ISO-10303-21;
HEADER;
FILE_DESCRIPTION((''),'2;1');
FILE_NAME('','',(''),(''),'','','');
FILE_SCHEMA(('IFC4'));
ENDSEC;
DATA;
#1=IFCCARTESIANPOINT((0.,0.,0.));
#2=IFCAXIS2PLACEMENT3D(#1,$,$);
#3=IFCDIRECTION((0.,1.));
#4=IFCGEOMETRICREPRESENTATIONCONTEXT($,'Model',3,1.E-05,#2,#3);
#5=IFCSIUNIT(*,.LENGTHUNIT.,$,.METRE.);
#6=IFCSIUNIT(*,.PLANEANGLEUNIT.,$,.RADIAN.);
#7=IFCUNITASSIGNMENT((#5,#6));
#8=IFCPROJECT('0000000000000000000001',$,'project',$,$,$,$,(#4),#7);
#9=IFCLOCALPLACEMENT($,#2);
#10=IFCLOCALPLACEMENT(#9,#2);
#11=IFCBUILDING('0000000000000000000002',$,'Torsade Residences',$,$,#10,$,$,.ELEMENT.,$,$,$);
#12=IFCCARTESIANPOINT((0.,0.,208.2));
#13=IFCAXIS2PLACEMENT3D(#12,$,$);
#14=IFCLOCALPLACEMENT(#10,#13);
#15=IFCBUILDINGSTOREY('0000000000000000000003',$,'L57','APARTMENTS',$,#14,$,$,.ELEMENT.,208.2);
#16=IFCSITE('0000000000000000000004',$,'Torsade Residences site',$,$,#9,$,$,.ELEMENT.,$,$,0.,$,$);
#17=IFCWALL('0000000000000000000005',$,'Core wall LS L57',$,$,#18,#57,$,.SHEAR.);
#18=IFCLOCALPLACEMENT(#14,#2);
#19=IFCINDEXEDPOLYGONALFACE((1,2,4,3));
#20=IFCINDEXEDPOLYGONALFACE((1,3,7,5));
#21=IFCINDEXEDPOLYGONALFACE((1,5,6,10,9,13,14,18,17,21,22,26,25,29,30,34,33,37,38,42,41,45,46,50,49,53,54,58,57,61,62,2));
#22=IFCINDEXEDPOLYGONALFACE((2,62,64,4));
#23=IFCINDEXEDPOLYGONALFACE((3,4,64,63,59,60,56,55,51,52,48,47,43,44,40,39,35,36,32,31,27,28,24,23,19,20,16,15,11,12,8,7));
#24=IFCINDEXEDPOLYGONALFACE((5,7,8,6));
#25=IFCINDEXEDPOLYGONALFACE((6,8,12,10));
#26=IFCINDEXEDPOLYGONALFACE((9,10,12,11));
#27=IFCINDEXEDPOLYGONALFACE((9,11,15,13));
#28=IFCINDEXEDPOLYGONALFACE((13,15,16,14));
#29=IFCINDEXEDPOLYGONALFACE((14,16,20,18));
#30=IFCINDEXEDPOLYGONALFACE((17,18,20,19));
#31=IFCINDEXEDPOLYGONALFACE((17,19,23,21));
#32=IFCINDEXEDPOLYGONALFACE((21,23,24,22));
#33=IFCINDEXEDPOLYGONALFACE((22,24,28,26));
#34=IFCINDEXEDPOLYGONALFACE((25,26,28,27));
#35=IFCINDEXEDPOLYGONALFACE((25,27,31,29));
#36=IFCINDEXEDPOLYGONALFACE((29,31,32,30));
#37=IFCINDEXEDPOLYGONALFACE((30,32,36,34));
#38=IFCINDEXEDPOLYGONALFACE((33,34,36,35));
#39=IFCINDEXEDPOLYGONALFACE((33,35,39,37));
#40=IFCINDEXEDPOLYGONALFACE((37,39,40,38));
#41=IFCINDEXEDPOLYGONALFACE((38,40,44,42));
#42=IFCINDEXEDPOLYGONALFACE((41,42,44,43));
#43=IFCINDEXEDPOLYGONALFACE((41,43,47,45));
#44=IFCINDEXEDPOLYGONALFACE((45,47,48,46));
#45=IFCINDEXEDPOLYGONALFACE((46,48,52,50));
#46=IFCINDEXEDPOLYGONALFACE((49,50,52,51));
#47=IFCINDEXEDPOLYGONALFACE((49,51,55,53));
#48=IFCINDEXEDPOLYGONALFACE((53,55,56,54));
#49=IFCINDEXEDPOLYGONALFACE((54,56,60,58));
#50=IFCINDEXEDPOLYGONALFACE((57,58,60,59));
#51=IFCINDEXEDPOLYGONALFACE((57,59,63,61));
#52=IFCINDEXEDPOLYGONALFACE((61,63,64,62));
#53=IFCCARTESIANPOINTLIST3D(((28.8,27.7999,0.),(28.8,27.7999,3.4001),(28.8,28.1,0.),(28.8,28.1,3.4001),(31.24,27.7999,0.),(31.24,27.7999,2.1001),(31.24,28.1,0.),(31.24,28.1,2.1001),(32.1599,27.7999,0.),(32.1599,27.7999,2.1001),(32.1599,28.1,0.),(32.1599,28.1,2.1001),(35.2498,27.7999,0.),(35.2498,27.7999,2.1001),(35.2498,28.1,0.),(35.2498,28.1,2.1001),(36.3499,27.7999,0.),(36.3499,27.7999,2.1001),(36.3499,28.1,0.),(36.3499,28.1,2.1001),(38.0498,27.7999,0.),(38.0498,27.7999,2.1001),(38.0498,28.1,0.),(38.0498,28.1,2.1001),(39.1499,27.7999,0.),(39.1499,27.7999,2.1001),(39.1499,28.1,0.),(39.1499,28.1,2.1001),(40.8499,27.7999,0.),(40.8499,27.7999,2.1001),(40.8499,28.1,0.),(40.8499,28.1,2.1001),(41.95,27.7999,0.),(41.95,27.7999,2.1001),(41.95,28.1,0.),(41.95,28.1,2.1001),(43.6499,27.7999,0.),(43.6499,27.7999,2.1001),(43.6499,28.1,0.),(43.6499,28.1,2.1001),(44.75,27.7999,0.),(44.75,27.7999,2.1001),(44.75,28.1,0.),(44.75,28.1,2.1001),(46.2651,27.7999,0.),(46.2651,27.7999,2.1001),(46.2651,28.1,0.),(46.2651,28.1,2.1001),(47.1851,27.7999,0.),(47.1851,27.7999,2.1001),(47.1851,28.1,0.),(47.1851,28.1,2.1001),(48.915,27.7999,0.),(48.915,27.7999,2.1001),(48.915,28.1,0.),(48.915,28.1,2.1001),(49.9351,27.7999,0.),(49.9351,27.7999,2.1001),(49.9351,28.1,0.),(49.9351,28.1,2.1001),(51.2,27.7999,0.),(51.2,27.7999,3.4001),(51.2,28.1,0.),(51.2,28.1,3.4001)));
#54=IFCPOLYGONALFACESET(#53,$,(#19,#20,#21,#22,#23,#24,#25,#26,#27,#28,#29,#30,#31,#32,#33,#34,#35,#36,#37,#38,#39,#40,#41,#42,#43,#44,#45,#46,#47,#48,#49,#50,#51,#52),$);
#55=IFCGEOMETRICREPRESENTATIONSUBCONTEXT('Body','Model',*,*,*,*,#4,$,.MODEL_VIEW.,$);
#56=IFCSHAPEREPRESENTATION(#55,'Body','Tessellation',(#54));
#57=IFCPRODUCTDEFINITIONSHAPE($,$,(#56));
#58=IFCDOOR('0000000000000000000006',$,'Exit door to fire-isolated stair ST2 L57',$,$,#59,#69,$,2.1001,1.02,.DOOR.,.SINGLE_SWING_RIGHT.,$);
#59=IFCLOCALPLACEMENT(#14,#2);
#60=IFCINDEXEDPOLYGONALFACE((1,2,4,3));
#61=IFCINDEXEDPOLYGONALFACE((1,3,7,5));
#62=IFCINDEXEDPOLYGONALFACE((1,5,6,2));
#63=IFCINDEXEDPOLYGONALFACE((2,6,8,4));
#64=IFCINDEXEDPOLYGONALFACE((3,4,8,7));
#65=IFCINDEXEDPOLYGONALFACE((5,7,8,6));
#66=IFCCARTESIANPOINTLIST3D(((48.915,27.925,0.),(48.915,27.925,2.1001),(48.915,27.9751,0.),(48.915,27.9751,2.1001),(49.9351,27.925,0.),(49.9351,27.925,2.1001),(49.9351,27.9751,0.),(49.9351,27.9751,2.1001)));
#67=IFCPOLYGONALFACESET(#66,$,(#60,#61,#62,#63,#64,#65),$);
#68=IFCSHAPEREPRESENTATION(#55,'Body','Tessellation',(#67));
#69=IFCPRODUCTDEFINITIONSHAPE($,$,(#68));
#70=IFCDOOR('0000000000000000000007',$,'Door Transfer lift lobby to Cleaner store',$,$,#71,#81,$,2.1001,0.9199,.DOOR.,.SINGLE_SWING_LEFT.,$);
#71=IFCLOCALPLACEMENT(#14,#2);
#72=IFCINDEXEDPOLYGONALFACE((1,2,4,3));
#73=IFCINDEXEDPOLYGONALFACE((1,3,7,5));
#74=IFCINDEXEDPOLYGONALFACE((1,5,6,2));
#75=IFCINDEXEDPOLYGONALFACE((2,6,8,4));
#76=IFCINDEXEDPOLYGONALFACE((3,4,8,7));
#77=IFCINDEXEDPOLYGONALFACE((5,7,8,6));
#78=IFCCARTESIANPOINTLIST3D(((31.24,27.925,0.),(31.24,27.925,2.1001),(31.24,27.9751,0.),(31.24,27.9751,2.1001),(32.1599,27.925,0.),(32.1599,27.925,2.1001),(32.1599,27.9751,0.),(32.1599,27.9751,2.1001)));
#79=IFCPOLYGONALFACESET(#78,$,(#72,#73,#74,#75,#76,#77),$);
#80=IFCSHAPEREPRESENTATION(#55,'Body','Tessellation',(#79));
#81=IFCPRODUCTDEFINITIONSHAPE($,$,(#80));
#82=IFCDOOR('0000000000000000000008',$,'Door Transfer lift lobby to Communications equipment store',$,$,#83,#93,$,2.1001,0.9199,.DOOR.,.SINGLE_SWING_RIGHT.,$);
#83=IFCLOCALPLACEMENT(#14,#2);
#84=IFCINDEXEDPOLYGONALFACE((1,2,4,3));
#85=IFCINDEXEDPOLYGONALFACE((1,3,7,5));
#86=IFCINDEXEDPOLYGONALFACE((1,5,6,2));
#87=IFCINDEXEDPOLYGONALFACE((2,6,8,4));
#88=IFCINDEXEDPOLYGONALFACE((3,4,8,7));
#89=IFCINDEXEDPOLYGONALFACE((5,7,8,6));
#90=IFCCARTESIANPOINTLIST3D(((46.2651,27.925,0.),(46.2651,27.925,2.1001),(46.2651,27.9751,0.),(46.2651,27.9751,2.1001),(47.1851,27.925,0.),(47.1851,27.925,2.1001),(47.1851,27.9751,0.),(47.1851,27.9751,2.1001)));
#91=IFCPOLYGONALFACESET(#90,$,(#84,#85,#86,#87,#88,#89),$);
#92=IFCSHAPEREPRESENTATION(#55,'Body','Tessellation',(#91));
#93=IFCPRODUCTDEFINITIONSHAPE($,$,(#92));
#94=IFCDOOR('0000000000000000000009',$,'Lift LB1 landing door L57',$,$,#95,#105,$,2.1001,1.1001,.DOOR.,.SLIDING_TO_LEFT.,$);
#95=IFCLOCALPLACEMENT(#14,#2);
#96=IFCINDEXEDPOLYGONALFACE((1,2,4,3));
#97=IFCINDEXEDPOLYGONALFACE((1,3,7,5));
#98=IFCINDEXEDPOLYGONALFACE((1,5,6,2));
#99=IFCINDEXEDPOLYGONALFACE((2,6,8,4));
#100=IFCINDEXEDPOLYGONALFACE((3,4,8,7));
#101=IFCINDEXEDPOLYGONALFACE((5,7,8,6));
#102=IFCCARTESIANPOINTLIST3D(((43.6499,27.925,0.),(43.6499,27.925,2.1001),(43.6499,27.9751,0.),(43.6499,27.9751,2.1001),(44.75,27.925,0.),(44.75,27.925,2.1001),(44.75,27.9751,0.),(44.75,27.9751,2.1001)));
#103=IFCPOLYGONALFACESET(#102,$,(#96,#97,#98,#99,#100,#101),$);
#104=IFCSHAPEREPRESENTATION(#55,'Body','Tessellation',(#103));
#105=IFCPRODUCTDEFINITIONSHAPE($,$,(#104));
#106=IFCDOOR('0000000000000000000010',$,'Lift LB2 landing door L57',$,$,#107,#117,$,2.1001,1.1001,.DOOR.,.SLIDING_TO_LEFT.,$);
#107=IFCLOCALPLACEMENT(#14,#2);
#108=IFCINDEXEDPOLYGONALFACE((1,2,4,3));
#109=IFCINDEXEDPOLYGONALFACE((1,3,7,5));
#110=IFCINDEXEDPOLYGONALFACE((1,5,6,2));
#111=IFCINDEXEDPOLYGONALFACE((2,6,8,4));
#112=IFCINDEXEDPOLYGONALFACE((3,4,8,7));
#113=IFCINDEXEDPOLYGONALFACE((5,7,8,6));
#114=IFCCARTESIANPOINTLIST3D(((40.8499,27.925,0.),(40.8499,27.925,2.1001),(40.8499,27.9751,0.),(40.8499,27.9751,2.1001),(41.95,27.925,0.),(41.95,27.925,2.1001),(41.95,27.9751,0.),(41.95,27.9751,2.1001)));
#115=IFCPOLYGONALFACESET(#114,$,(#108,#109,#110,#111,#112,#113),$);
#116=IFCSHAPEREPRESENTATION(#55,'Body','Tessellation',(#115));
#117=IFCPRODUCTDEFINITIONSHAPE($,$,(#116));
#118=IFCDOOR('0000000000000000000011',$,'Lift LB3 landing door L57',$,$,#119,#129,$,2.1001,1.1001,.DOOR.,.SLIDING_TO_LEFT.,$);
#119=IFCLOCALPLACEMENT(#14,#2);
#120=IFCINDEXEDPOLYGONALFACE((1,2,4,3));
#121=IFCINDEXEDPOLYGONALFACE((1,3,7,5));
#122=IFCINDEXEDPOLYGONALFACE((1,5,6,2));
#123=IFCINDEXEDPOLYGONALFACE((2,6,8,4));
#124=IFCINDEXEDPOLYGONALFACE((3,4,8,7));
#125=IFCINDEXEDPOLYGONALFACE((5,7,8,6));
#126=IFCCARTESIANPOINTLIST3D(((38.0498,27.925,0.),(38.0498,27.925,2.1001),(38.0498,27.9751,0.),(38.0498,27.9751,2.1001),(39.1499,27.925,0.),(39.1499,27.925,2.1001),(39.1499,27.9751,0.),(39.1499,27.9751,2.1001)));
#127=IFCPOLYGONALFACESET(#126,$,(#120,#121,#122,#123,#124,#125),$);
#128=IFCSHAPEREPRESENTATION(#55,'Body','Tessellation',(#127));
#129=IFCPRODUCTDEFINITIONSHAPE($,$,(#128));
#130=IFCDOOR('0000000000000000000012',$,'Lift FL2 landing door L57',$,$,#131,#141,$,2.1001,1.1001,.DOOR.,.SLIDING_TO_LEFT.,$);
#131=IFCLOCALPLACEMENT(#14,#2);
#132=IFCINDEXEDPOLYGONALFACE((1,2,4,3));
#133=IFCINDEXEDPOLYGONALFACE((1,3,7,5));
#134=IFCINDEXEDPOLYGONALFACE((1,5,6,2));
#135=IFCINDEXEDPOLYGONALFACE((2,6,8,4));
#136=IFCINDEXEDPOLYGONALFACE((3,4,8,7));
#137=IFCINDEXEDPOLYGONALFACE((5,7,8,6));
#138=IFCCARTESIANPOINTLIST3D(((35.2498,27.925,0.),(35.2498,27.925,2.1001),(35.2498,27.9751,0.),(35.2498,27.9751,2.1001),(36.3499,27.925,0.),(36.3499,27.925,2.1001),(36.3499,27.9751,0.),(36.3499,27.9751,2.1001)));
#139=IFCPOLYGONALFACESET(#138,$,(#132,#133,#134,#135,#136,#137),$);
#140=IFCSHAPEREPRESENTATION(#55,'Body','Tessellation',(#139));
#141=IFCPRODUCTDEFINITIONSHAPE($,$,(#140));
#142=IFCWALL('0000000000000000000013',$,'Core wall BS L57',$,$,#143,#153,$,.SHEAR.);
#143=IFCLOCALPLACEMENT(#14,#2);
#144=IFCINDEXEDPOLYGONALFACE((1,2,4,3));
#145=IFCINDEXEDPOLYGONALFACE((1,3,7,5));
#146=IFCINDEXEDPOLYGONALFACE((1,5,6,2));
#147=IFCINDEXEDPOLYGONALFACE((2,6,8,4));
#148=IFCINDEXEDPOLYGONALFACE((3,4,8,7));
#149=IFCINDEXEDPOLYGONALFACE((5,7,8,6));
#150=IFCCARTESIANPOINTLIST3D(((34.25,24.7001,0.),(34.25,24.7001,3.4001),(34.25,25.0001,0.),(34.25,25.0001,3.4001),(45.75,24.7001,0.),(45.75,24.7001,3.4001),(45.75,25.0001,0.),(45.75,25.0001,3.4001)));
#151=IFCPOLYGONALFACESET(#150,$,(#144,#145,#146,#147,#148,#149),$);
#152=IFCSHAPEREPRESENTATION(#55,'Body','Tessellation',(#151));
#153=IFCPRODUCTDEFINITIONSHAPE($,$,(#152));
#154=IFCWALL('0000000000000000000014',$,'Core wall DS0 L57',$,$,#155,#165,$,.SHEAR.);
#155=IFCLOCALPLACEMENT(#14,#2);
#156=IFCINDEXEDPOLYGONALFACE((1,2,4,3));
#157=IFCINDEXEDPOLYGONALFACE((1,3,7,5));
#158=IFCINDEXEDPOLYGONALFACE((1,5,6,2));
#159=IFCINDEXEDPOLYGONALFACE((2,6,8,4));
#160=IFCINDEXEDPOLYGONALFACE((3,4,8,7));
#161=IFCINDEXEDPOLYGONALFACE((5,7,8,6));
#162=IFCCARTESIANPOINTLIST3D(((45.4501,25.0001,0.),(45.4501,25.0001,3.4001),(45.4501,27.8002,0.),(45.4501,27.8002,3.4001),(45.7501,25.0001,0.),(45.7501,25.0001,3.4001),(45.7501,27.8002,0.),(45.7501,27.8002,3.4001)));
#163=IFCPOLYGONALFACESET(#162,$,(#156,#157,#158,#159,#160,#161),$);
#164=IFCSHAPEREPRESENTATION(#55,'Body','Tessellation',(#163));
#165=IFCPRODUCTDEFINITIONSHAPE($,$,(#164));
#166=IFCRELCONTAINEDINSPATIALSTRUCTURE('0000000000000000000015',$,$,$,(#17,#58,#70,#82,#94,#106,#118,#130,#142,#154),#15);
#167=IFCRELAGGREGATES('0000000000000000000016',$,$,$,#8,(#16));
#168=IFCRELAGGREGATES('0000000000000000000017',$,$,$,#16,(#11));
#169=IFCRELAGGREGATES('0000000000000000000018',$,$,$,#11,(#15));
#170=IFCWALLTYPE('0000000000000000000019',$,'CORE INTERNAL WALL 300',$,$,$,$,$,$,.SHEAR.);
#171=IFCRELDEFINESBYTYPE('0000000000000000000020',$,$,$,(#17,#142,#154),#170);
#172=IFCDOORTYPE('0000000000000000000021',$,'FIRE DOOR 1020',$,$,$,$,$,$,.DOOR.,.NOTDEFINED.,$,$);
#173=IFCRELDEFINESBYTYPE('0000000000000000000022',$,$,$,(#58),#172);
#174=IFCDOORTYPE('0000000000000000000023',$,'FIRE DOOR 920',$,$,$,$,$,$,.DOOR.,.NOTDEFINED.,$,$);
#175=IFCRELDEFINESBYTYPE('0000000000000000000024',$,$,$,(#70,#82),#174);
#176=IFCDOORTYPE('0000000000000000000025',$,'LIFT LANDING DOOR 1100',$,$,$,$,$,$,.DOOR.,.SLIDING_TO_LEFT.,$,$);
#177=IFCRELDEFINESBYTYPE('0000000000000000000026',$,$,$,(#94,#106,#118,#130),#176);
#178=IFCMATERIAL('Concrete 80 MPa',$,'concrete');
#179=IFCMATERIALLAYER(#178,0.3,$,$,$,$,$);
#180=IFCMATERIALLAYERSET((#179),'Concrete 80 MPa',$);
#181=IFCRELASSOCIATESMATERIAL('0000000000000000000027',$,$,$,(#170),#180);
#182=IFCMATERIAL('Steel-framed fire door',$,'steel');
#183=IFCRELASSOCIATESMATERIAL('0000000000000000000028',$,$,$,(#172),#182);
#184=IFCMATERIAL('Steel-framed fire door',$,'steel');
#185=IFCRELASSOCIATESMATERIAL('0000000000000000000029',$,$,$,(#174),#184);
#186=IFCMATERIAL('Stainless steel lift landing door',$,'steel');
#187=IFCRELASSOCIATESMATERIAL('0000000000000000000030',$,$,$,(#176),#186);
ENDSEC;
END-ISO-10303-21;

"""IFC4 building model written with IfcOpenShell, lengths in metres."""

from ifc_helpers import new_model, si_unit, direction, frame, frame_2d, origin, place, context, subcontext, project, spatial, rectangle, extrude, material, layer, layer_set, type_object, element, fill, save


model = new_model("IFC4")

# Units and contexts
model_context = context("Model", 3, precision=1e-05, world=origin(), true_north=direction((0.0, 1.0)))
body_context = subcontext(model_context, "Body", "Model", "MODEL_VIEW")
ifc_project = project(units=[si_unit("LENGTHUNIT", "METRE"), si_unit("PLANEANGLEUNIT", "RADIAN")], contexts=[model_context])

# Site, building, storey
site_placement = place(None, origin())
site = spatial("IfcSite", under=ifc_project, at=site_placement, Name="Torsade Residences site", CompositionType="ELEMENT", RefElevation=0.0)
building_placement = place(site_placement, origin())
building = spatial("IfcBuilding", under=site, at=building_placement, Name="Torsade Residences", CompositionType="ELEMENT")
storey_placement = place(building_placement, frame((0.0, 0.0, 208.2)))
storey = spatial("IfcBuildingStorey", under=building, at=storey_placement, Name="L57", Description="APARTMENTS", CompositionType="ELEMENT", Elevation=208.2)

# Wall, openings, doors
ifc_material_1 = material(Name="Concrete 80 MPa", Category="concrete")
ifc_layer_1 = layer(ifc_material_1, 0.3)
ifc_layer_set_1 = layer_set([ifc_layer_1], Name="Concrete 80 MPa")
wall_type_1 = type_object("IfcWallType", Name="CORE INTERNAL WALL 300", PredefinedType="SHEAR", material=ifc_layer_set_1)
wall_1_placement = place(storey_placement, frame((51.2, 27.95, 0.0), z_axis=(0.0, 0.0, 1.0), x_axis=(-1.0, 0.0, 0.0)))
wall_1 = element("IfcWall", 1, at=wall_1_placement, inside=storey, type_object=wall_type_1, Name="Core wall LS L57", PredefinedType="SHEAR", context=body_context, shape_type="SweptSolid", body=[
    extrude(rectangle(XDim=22.3999, YDim=0.3, at=frame_2d((11.2, 0.0))), origin(), (0.0, 0.0, 1.0), 3.4001),
])
opening_1_placement = place(wall_1_placement, frame((19.04, 0.0, 0.0)))
opening_1 = element("IfcOpeningElement", 2, at=opening_1_placement, cuts=wall_1, PredefinedType="OPENING", context=body_context, shape_type="SweptSolid", body=[
    extrude(rectangle(XDim=0.9199, YDim=2.1001, at=frame_2d((0.46, 1.05))), frame((0.0, 0.1599, 0.0), z_axis=(0.0, -1.0, 0.0), x_axis=(1.0, 0.0, 0.0)), (0.0, 0.0, 1.0), 0.3201),
])
opening_2_placement = place(wall_1_placement, frame((1.2649, 0.0, 0.0)))
opening_2 = element("IfcOpeningElement", 3, at=opening_2_placement, cuts=wall_1, PredefinedType="OPENING", context=body_context, shape_type="SweptSolid", body=[
    extrude(rectangle(XDim=1.02, YDim=2.1001, at=frame_2d((0.51, 1.05))), frame((0.0, 0.1599, 0.0), z_axis=(0.0, -1.0, 0.0), x_axis=(1.0, 0.0, 0.0)), (0.0, 0.0, 1.0), 0.3201),
])
opening_3_placement = place(wall_1_placement, frame((4.0149, 0.0, 0.0)))
opening_3 = element("IfcOpeningElement", 4, at=opening_3_placement, cuts=wall_1, PredefinedType="OPENING", context=body_context, shape_type="SweptSolid", body=[
    extrude(rectangle(XDim=0.9199, YDim=2.1001, at=frame_2d((0.46, 1.05))), frame((0.0, 0.1599, 0.0), z_axis=(0.0, -1.0, 0.0), x_axis=(1.0, 0.0, 0.0)), (0.0, 0.0, 1.0), 0.3201),
])
opening_4_placement = place(wall_1_placement, frame((6.45, 0.0, 0.0)))
opening_4 = element("IfcOpeningElement", 5, at=opening_4_placement, cuts=wall_1, PredefinedType="OPENING", context=body_context, shape_type="SweptSolid", body=[
    extrude(rectangle(XDim=1.1001, YDim=2.1001, at=frame_2d((0.55, 1.05))), frame((0.0, 0.1599, 0.0), z_axis=(0.0, -1.0, 0.0), x_axis=(1.0, 0.0, 0.0)), (0.0, 0.0, 1.0), 0.3201),
])
opening_5_placement = place(wall_1_placement, frame((9.25, 0.0, 0.0)))
opening_5 = element("IfcOpeningElement", 6, at=opening_5_placement, cuts=wall_1, PredefinedType="OPENING", context=body_context, shape_type="SweptSolid", body=[
    extrude(rectangle(XDim=1.1001, YDim=2.1001, at=frame_2d((0.55, 1.05))), frame((0.0, 0.1599, 0.0), z_axis=(0.0, -1.0, 0.0), x_axis=(1.0, 0.0, 0.0)), (0.0, 0.0, 1.0), 0.3201),
])
opening_6_placement = place(wall_1_placement, frame((12.05, 0.0, 0.0)))
opening_6 = element("IfcOpeningElement", 7, at=opening_6_placement, cuts=wall_1, PredefinedType="OPENING", context=body_context, shape_type="SweptSolid", body=[
    extrude(rectangle(XDim=1.1001, YDim=2.1001, at=frame_2d((0.55, 1.05))), frame((0.0, 0.1599, 0.0), z_axis=(0.0, -1.0, 0.0), x_axis=(1.0, 0.0, 0.0)), (0.0, 0.0, 1.0), 0.3201),
])
opening_7_placement = place(wall_1_placement, frame((14.8501, 0.0, 0.0)))
opening_7 = element("IfcOpeningElement", 8, at=opening_7_placement, cuts=wall_1, PredefinedType="OPENING", context=body_context, shape_type="SweptSolid", body=[
    extrude(rectangle(XDim=1.1001, YDim=2.1001, at=frame_2d((0.55, 1.05))), frame((0.0, 0.1599, 0.0), z_axis=(0.0, -1.0, 0.0), x_axis=(1.0, 0.0, 0.0)), (0.0, 0.0, 1.0), 0.3201),
])
ifc_material_2 = material(Name="Steel-framed fire door", Category="steel")
door_type_1 = type_object("IfcDoorType", Name="FIRE DOOR 1020", OperationType="NOTDEFINED", PredefinedType="DOOR", material=ifc_material_2)
door_1_placement = place(opening_2_placement, origin())
door_1 = element("IfcDoor", 9, at=door_1_placement, inside=storey, type_object=door_type_1, Name="Exit door to fire-isolated stair ST2 L57", OperationType="SINGLE_SWING_RIGHT", OverallHeight=2.1001, OverallWidth=1.02, PredefinedType="DOOR", context=body_context, shape_type="SweptSolid", body=[
    extrude(rectangle(XDim=1.02, YDim=2.1001, at=frame_2d((0.51, 1.05))), frame((0.0, 0.0249, 0.0), z_axis=(0.0, -1.0, 0.0), x_axis=(1.0, 0.0, 0.0)), (0.0, 0.0, 1.0), 0.05),
])
fill(opening_2, door_1)
ifc_material_3 = material(Name="Steel-framed fire door", Category="steel")
door_type_2 = type_object("IfcDoorType", Name="FIRE DOOR 920", OperationType="NOTDEFINED", PredefinedType="DOOR", material=ifc_material_3)
door_2_placement = place(opening_1_placement, origin())
door_2 = element("IfcDoor", 10, at=door_2_placement, inside=storey, type_object=door_type_2, Name="Door Transfer lift lobby to Cleaner store", OperationType="SINGLE_SWING_LEFT", OverallHeight=2.1001, OverallWidth=0.9199, PredefinedType="DOOR", context=body_context, shape_type="SweptSolid", body=[
    extrude(rectangle(XDim=0.9199, YDim=2.1001, at=frame_2d((0.46, 1.05))), frame((0.0, 0.0249, 0.0), z_axis=(0.0, -1.0, 0.0), x_axis=(1.0, 0.0, 0.0)), (0.0, 0.0, 1.0), 0.05),
])
fill(opening_1, door_2)
door_3_placement = place(opening_3_placement, origin())
door_3 = element("IfcDoor", 11, at=door_3_placement, inside=storey, type_object=door_type_2, Name="Door Transfer lift lobby to Communications equipment store", OperationType="SINGLE_SWING_RIGHT", OverallHeight=2.1001, OverallWidth=0.9199, PredefinedType="DOOR", context=body_context, shape_type="SweptSolid", body=[
    extrude(rectangle(XDim=0.9199, YDim=2.1001, at=frame_2d((0.46, 1.05))), frame((0.0, 0.0249, 0.0), z_axis=(0.0, -1.0, 0.0), x_axis=(1.0, 0.0, 0.0)), (0.0, 0.0, 1.0), 0.05),
])
fill(opening_3, door_3)
ifc_material_4 = material(Name="Stainless steel lift landing door", Category="steel")
door_type_3 = type_object("IfcDoorType", Name="LIFT LANDING DOOR 1100", OperationType="SLIDING_TO_LEFT", PredefinedType="DOOR", material=ifc_material_4)
door_4_placement = place(opening_4_placement, origin())
door_4 = element("IfcDoor", 12, at=door_4_placement, inside=storey, type_object=door_type_3, Name="Lift LB1 landing door L57", OperationType="SLIDING_TO_LEFT", OverallHeight=2.1001, OverallWidth=1.1001, PredefinedType="DOOR", context=body_context, shape_type="SweptSolid", body=[
    extrude(rectangle(XDim=1.1001, YDim=2.1001, at=frame_2d((0.55, 1.05))), frame((0.0, 0.0249, 0.0), z_axis=(0.0, -1.0, 0.0), x_axis=(1.0, 0.0, 0.0)), (0.0, 0.0, 1.0), 0.05),
])
fill(opening_4, door_4)
door_5_placement = place(opening_5_placement, origin())
door_5 = element("IfcDoor", 13, at=door_5_placement, inside=storey, type_object=door_type_3, Name="Lift LB2 landing door L57", OperationType="SLIDING_TO_LEFT", OverallHeight=2.1001, OverallWidth=1.1001, PredefinedType="DOOR", context=body_context, shape_type="SweptSolid", body=[
    extrude(rectangle(XDim=1.1001, YDim=2.1001, at=frame_2d((0.55, 1.05))), frame((0.0, 0.0249, 0.0), z_axis=(0.0, -1.0, 0.0), x_axis=(1.0, 0.0, 0.0)), (0.0, 0.0, 1.0), 0.05),
])
fill(opening_5, door_5)
door_6_placement = place(opening_6_placement, origin())
door_6 = element("IfcDoor", 14, at=door_6_placement, inside=storey, type_object=door_type_3, Name="Lift LB3 landing door L57", OperationType="SLIDING_TO_LEFT", OverallHeight=2.1001, OverallWidth=1.1001, PredefinedType="DOOR", context=body_context, shape_type="SweptSolid", body=[
    extrude(rectangle(XDim=1.1001, YDim=2.1001, at=frame_2d((0.55, 1.05))), frame((0.0, 0.0249, 0.0), z_axis=(0.0, -1.0, 0.0), x_axis=(1.0, 0.0, 0.0)), (0.0, 0.0, 1.0), 0.05),
])
fill(opening_6, door_6)
door_7_placement = place(opening_7_placement, origin())
door_7 = element("IfcDoor", 15, at=door_7_placement, inside=storey, type_object=door_type_3, Name="Lift FL2 landing door L57", OperationType="SLIDING_TO_LEFT", OverallHeight=2.1001, OverallWidth=1.1001, PredefinedType="DOOR", context=body_context, shape_type="SweptSolid", body=[
    extrude(rectangle(XDim=1.1001, YDim=2.1001, at=frame_2d((0.55, 1.05))), frame((0.0, 0.0249, 0.0), z_axis=(0.0, -1.0, 0.0), x_axis=(1.0, 0.0, 0.0)), (0.0, 0.0, 1.0), 0.05),
])
fill(opening_7, door_7)

# Walls
wall_2_placement = place(storey_placement, frame((45.75, 24.8501, 0.0), z_axis=(0.0, 0.0, 1.0), x_axis=(-1.0, 0.0, 0.0)))
element("IfcWall", 16, at=wall_2_placement, inside=storey, type_object=wall_type_1, Name="Core wall BS L57", PredefinedType="SHEAR", context=body_context, shape_type="SweptSolid", body=[
    extrude(rectangle(XDim=11.5, YDim=0.3, at=frame_2d((5.75, 0.0))), origin(), (0.0, 0.0, 1.0), 3.4001),
])
wall_3_placement = place(storey_placement, frame((45.6001, 27.8, 0.0), z_axis=(0.0, 0.0, 1.0), x_axis=(0.0, -1.0, 0.0)))
element("IfcWall", 17, at=wall_3_placement, inside=storey, type_object=wall_type_1, Name="Core wall DS0 L57", PredefinedType="SHEAR", context=body_context, shape_type="SweptSolid", body=[
    extrude(rectangle(XDim=2.8, YDim=0.3, at=frame_2d((1.3999, 0.0))), origin(), (0.0, 0.0, 1.0), 3.4001),
])

save(model, "model.ifc")
